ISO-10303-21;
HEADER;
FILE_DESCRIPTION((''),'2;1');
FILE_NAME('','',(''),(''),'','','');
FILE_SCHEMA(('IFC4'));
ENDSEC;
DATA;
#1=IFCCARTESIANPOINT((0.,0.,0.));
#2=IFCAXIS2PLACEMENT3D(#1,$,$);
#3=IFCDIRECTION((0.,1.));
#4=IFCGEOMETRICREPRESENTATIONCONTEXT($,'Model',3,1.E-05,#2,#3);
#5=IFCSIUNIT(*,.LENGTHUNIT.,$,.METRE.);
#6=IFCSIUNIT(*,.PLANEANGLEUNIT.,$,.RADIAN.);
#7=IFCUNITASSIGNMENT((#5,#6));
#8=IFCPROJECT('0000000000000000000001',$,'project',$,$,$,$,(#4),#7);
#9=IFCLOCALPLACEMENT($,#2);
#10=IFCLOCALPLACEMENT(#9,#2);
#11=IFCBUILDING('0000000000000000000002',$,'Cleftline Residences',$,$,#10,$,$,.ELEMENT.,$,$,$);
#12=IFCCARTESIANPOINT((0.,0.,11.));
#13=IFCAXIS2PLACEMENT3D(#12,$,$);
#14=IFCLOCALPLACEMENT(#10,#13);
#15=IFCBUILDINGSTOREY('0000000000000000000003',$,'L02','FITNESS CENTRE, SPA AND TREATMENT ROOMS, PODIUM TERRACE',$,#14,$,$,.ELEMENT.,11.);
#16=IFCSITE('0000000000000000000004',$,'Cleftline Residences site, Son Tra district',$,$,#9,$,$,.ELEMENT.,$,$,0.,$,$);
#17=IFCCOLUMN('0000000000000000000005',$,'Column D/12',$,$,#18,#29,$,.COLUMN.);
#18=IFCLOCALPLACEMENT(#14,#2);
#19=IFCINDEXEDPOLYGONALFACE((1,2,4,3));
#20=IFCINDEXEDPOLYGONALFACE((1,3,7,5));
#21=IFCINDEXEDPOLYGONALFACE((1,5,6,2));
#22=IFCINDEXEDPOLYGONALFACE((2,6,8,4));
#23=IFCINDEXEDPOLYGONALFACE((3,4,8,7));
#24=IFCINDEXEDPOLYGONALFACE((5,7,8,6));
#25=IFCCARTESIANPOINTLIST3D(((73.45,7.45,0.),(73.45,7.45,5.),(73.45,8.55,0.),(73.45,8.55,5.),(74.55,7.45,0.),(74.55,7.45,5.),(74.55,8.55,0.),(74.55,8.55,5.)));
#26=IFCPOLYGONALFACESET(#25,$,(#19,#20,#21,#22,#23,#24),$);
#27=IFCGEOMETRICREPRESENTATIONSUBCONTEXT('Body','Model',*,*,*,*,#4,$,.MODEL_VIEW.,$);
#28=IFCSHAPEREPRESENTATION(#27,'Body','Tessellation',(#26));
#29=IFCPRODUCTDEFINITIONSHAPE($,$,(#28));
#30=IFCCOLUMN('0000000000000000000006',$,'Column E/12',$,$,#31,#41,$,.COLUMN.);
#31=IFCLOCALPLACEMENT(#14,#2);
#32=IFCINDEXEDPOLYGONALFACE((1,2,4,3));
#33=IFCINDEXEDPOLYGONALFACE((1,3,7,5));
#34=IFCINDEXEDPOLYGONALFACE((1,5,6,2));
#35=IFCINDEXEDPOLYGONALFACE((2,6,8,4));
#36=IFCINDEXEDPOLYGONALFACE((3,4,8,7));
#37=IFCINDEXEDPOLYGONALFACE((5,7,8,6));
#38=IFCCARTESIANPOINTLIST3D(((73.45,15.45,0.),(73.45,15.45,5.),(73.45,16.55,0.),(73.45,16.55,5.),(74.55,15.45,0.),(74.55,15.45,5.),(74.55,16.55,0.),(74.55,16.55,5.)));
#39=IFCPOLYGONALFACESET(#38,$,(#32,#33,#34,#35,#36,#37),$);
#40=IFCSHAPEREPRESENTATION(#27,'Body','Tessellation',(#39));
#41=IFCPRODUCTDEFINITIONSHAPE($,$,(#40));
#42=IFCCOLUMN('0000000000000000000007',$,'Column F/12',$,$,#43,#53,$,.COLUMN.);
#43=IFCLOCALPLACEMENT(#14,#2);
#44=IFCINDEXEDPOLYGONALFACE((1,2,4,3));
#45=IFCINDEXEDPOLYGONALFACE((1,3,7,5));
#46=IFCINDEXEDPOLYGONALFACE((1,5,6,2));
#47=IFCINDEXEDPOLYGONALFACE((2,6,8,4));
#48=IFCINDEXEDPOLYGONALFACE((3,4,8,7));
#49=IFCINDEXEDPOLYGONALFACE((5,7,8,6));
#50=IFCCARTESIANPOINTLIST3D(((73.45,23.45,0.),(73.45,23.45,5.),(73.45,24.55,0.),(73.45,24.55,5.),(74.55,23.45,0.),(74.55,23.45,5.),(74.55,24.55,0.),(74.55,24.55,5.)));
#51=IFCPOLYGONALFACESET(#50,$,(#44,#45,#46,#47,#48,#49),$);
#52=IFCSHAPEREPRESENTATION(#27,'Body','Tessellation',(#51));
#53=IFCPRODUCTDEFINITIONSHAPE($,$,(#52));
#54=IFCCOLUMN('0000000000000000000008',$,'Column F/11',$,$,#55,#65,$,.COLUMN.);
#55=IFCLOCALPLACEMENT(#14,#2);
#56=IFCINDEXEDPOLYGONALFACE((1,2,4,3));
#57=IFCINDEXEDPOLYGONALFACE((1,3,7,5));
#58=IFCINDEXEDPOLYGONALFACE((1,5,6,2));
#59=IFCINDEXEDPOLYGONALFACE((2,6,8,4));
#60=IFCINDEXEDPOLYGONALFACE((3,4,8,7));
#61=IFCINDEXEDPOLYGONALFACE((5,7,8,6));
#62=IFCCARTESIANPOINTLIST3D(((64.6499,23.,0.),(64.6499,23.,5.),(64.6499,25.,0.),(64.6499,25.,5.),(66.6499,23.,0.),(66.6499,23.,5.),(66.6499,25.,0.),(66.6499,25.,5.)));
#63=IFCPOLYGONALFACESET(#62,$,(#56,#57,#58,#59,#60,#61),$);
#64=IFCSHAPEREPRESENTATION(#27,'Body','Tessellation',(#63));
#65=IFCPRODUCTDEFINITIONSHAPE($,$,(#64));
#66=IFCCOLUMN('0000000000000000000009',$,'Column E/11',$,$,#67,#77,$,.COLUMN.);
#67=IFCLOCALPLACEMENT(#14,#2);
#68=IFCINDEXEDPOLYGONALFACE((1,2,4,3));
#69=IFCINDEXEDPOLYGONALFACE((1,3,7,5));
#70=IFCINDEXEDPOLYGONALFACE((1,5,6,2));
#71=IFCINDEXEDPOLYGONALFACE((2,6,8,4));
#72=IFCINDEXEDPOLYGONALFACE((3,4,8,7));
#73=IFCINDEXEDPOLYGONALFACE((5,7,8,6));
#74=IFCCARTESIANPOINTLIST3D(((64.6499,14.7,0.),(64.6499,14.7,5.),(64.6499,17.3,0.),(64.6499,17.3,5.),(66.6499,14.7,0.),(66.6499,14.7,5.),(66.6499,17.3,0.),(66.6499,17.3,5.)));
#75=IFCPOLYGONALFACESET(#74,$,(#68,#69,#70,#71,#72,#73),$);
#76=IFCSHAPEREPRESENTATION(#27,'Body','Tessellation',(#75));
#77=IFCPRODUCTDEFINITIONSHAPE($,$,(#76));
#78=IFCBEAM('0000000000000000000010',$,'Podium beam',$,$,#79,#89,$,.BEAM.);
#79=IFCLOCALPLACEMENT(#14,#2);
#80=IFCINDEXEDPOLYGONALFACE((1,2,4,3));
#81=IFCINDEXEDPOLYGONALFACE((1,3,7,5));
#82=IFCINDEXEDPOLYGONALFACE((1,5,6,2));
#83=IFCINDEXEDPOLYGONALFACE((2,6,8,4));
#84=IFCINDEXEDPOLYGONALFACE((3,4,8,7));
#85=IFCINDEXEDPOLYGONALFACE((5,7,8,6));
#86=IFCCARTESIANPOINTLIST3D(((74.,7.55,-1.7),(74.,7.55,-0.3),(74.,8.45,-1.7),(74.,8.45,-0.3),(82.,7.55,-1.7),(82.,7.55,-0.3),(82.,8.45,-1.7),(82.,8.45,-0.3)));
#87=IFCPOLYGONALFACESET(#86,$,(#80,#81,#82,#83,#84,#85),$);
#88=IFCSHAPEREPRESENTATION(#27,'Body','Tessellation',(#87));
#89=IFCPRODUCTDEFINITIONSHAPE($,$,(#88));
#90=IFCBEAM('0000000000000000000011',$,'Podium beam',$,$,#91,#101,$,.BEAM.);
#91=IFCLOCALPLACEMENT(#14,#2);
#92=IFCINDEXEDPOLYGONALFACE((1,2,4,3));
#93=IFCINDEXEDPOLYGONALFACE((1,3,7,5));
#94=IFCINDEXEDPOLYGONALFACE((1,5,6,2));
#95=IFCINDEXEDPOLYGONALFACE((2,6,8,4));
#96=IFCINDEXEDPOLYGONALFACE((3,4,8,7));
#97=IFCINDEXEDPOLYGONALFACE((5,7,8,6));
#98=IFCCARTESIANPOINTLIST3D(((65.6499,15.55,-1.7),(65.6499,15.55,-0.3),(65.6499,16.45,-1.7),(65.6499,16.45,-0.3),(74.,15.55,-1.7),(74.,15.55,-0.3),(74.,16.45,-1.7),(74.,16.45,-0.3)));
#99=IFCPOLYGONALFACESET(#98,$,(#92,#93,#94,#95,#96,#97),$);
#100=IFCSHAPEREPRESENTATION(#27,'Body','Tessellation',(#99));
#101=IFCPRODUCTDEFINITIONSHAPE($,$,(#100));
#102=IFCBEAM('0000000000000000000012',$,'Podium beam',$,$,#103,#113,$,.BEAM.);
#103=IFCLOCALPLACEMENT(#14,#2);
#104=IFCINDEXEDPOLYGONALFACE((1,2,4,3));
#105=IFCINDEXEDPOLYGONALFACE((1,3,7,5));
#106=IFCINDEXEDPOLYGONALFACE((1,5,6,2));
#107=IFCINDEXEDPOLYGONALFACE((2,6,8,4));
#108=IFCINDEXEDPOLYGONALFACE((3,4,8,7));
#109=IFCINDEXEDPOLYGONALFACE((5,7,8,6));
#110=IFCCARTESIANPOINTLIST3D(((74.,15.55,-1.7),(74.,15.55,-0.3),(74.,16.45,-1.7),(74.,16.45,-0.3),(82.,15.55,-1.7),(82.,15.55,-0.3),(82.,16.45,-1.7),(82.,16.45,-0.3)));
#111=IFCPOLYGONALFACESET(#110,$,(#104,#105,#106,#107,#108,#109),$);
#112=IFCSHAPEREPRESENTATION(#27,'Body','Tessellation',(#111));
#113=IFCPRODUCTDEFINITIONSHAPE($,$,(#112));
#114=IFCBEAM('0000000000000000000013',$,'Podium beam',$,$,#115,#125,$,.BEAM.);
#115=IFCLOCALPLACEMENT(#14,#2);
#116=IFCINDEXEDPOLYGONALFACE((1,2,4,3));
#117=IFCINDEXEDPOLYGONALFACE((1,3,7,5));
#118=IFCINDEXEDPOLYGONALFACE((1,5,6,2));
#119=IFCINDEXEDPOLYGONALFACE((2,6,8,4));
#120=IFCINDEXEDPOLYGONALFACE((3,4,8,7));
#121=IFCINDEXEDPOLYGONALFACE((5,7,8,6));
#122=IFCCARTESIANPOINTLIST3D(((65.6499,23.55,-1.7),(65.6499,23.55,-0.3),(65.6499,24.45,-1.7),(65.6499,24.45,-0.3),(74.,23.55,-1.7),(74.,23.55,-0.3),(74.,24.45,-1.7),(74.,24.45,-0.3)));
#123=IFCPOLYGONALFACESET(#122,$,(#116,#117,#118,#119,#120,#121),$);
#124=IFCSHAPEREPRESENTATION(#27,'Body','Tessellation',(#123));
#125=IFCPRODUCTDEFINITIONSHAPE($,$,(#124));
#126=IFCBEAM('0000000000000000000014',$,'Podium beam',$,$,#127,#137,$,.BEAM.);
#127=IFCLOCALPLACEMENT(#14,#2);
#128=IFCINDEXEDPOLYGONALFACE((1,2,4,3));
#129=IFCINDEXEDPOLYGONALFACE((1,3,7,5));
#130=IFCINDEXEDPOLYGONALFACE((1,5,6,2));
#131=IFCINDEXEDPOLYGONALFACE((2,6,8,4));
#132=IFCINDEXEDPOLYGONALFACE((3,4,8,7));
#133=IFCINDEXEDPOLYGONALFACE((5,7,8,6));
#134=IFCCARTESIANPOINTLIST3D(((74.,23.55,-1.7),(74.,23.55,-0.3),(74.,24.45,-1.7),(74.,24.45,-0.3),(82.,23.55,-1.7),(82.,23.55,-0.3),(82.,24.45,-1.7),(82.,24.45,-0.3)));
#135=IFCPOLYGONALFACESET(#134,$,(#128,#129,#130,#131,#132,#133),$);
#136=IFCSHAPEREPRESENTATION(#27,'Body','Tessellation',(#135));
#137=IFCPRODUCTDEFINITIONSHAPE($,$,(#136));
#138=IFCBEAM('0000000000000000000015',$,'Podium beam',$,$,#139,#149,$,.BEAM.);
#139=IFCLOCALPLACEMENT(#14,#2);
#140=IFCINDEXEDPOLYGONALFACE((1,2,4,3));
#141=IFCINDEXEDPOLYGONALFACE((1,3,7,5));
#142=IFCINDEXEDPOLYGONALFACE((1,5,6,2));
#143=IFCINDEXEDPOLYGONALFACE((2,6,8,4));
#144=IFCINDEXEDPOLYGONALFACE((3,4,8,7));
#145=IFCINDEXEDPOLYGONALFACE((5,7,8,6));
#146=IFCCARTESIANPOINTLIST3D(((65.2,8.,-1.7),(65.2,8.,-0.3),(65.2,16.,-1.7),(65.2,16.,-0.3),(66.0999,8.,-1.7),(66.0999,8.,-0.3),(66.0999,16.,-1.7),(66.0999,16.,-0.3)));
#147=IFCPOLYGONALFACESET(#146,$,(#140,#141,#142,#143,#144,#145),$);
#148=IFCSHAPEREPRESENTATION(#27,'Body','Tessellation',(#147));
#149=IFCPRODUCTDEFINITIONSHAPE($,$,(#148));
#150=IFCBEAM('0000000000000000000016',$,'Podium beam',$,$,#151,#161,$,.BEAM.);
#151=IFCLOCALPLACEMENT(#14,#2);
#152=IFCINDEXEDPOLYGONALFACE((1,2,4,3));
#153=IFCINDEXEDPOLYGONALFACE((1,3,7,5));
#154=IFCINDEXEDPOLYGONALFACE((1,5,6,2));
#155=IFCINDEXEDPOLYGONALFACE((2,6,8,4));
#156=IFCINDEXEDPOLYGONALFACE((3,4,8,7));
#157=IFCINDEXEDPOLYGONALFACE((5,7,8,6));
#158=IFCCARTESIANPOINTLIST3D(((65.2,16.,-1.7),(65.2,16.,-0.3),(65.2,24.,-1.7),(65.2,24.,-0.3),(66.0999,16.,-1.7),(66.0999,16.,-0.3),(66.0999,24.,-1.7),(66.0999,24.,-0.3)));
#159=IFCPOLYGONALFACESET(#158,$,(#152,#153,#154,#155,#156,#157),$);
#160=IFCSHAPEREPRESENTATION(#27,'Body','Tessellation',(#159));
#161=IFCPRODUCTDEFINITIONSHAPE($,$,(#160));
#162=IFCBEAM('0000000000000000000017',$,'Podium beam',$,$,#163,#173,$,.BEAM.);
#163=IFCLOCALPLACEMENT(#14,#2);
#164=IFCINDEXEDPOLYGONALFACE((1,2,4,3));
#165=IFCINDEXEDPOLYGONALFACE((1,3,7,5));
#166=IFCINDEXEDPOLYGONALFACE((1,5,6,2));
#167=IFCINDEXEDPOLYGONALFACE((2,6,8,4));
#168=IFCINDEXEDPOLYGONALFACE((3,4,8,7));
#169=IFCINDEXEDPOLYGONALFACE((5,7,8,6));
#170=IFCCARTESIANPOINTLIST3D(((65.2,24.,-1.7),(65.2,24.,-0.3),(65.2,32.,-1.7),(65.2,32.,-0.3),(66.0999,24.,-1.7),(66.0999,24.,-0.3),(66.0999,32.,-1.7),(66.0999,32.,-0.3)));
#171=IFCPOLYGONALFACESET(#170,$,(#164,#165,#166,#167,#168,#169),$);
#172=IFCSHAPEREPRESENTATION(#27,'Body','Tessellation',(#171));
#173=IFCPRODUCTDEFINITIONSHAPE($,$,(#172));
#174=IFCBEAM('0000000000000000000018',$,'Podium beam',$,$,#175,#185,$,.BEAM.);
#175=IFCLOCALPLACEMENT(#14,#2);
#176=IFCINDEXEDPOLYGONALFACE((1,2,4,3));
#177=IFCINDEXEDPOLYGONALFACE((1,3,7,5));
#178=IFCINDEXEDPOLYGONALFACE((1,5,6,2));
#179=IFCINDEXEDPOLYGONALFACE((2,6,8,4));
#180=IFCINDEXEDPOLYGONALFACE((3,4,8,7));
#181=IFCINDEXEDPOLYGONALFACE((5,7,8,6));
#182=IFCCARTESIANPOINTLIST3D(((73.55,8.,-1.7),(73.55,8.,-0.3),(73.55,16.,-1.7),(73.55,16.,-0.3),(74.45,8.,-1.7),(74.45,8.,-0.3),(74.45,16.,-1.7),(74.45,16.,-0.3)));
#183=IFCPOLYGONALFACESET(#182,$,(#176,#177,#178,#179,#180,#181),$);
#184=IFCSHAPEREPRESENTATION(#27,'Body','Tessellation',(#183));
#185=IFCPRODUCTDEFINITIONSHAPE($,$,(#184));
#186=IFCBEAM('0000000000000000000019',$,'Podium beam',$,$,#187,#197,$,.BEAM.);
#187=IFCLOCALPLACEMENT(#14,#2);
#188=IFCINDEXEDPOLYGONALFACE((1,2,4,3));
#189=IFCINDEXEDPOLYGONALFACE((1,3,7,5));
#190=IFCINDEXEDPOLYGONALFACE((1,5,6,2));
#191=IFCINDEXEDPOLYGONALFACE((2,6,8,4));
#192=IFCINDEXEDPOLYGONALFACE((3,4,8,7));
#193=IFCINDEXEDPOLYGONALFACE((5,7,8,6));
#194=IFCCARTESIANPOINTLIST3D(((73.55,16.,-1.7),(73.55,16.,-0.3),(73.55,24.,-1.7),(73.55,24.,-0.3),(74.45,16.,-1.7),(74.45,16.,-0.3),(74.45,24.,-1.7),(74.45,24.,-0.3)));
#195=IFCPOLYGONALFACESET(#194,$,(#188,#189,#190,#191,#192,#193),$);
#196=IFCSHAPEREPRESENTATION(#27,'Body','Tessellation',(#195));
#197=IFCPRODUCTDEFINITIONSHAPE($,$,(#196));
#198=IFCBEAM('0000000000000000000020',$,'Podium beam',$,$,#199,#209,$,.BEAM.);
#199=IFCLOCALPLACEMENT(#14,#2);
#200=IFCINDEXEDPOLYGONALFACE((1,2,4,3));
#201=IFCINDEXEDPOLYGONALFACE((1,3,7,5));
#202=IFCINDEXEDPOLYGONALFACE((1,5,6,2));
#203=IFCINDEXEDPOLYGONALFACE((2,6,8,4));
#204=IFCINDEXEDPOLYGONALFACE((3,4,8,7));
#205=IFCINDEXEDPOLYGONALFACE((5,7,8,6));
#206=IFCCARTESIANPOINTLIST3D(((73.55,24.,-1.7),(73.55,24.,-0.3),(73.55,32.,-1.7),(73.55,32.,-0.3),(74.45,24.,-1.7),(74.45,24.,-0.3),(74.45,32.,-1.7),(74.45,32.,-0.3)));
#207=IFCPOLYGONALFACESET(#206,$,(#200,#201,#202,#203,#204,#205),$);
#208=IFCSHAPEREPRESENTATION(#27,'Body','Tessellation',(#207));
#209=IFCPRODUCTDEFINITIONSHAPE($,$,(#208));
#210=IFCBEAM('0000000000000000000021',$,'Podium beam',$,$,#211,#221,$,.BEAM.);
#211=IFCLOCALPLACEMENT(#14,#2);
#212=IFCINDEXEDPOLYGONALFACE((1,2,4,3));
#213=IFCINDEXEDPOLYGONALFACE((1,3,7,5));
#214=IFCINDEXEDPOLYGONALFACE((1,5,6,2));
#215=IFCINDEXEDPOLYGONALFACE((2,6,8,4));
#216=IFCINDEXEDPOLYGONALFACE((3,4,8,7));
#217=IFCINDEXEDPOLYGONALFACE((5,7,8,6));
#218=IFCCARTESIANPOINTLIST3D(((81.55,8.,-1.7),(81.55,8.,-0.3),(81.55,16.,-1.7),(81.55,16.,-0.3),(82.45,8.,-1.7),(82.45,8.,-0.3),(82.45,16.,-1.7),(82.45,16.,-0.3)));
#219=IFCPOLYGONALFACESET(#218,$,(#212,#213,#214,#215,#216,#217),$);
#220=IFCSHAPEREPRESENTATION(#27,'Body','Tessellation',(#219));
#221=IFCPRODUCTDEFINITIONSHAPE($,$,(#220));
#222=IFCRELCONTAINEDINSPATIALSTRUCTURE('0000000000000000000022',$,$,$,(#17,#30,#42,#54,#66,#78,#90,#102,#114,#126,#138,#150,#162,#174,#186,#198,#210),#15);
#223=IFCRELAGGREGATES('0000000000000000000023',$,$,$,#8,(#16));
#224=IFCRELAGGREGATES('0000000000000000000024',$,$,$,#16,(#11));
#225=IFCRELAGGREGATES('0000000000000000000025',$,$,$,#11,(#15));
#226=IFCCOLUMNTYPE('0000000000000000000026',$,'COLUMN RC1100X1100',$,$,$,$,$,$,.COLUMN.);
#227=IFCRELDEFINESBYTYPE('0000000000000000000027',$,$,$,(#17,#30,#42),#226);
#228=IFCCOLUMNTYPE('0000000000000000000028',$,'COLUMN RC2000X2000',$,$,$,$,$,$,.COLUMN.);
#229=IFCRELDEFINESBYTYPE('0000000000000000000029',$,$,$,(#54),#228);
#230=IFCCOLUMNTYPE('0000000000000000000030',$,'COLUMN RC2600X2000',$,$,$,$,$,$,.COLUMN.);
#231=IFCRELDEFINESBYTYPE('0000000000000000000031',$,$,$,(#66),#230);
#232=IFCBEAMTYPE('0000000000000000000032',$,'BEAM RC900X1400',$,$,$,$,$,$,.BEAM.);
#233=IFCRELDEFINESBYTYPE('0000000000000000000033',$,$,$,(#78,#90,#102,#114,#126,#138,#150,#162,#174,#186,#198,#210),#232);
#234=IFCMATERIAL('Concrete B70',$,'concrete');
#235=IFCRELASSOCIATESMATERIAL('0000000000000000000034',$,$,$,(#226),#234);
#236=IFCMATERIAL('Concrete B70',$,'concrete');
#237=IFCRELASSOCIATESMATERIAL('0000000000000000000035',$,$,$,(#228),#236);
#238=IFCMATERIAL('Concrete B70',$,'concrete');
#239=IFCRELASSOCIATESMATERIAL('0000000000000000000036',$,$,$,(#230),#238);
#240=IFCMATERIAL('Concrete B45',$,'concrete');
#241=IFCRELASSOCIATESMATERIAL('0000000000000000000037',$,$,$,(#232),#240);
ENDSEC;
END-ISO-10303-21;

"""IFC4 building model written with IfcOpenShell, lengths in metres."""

from ifc_helpers import new_model, si_unit, direction, frame, origin, origin_2d, place, context, subcontext, project, spatial, rectangle, extrude, material, material_profile, profile_set, type_object, element, save


model = new_model("IFC4")

# Units and contexts
model_context = context("Model", 3, precision=1e-05, world=origin(), true_north=direction((0.0, 1.0)))
body_context = subcontext(model_context, "Body", "Model", "MODEL_VIEW")
ifc_project = project(units=[si_unit("LENGTHUNIT", "METRE"), si_unit("PLANEANGLEUNIT", "RADIAN")], contexts=[model_context])

# Site, building, storey
site_placement = place(None, origin())
site = spatial("IfcSite", under=ifc_project, at=site_placement, Name="Cleftline Residences site, Son Tra district", CompositionType="ELEMENT", RefElevation=0.0)
building_placement = place(site_placement, origin())
building = spatial("IfcBuilding", under=site, at=building_placement, Name="Cleftline Residences", CompositionType="ELEMENT")
storey_placement = place(building_placement, frame((0.0, 0.0, 11.0)))
storey = spatial("IfcBuildingStorey", under=building, at=storey_placement, Name="L02", Description="FITNESS CENTRE, SPA AND TREATMENT ROOMS, PODIUM TERRACE", CompositionType="ELEMENT", Elevation=11.0)

# Columns
ifc_material_1 = material(Name="Concrete B70", Category="concrete")
ifc_material_profile_1 = material_profile(ifc_material_1, rectangle(XDim=1.1001, YDim=1.1001, at=origin_2d()))
ifc_profile_set_1 = profile_set([ifc_material_profile_1], Name="Concrete B70")
column_type_1 = type_object("IfcColumnType", Name="COLUMN RC1100X1100", PredefinedType="COLUMN", material=ifc_profile_set_1)
for number, where, z_axis, x_axis, name in (
    (1, (74.0, 8.0, 0.0), (0.0, 0.0, 1.0), (1.0, 0.0, 0.0), "Column D/12"),
    (2, (74.0, 16.0, 0.0), (0.0, 0.0, 1.0), (1.0, 0.0, 0.0), "Column E/12"),
    (3, (74.0, 24.0, 0.0), (0.0, 0.0, 1.0), (1.0, 0.0, 0.0), "Column F/12"),
):
    element("IfcColumn", number, at=place(storey_placement, frame(where, z_axis=z_axis, x_axis=x_axis)), inside=storey, type_object=column_type_1, Name=name, PredefinedType="COLUMN", context=body_context, shape_type="SweptSolid", body=[
        extrude(rectangle(XDim=1.1001, YDim=1.1001, at=origin_2d()), origin(), (0.0, 0.0, 1.0), 5.0),
    ])
ifc_material_2 = material(Name="Concrete B70", Category="concrete")
ifc_material_profile_2 = material_profile(ifc_material_2, rectangle(XDim=2.0, YDim=2.0, at=origin_2d()))
ifc_profile_set_2 = profile_set([ifc_material_profile_2], Name="Concrete B70")
column_type_2 = type_object("IfcColumnType", Name="COLUMN RC2000X2000", PredefinedType="COLUMN", material=ifc_profile_set_2)
column_1_placement = place(storey_placement, frame((65.6499, 24.0, 0.0), z_axis=(0.0, 0.0, 1.0), x_axis=(1.0, 0.0, 0.0)))
element("IfcColumn", 4, at=column_1_placement, inside=storey, type_object=column_type_2, Name="Column F/11", PredefinedType="COLUMN", context=body_context, shape_type="SweptSolid", body=[
    extrude(rectangle(XDim=2.0, YDim=2.0, at=origin_2d()), origin(), (0.0, 0.0, 1.0), 5.0),
])
ifc_material_3 = material(Name="Concrete B70", Category="concrete")
ifc_material_profile_3 = material_profile(ifc_material_3, rectangle(XDim=2.6001, YDim=2.0, at=origin_2d()))
ifc_profile_set_3 = profile_set([ifc_material_profile_3], Name="Concrete B70")
column_type_3 = type_object("IfcColumnType", Name="COLUMN RC2600X2000", PredefinedType="COLUMN", material=ifc_profile_set_3)
column_2_placement = place(storey_placement, frame((65.6499, 16.0, 0.0), z_axis=(0.0, 0.0, 1.0), x_axis=(0.0, 1.0, 0.0)))
element("IfcColumn", 5, at=column_2_placement, inside=storey, type_object=column_type_3, Name="Column E/11", PredefinedType="COLUMN", context=body_context, shape_type="SweptSolid", body=[
    extrude(rectangle(XDim=2.6001, YDim=2.0, at=origin_2d()), origin(), (0.0, 0.0, 1.0), 5.0),
])

# Beams
ifc_material_4 = material(Name="Concrete B45", Category="concrete")
ifc_material_profile_4 = material_profile(ifc_material_4, rectangle(XDim=0.8999, YDim=1.3999, at=origin_2d()))
ifc_profile_set_4 = profile_set([ifc_material_profile_4], Name="Concrete B45")
beam_type = type_object("IfcBeamType", Name="BEAM RC900X1400", PredefinedType="BEAM", material=ifc_profile_set_4)
beam_1_placement = place(storey_placement, frame((74.0, 8.0, -1.0), z_axis=(1.0, 0.0, 0.0), x_axis=(0.0, 1.0, 0.0)))
element("IfcBeam", 6, at=beam_1_placement, inside=storey, type_object=beam_type, Name="Podium beam", PredefinedType="BEAM", context=body_context, shape_type="SweptSolid", body=[
    extrude(rectangle(XDim=0.8999, YDim=1.3999, at=origin_2d()), origin(), (0.0, 0.0, 1.0), 8.0),
])
beam_2_placement = place(storey_placement, frame((65.6499, 16.0, -1.0), z_axis=(1.0, 0.0, 0.0), x_axis=(0.0, 1.0, 0.0)))
element("IfcBeam", 7, at=beam_2_placement, inside=storey, type_object=beam_type, Name="Podium beam", PredefinedType="BEAM", context=body_context, shape_type="SweptSolid", body=[
    extrude(rectangle(XDim=0.8999, YDim=1.3999, at=origin_2d()), origin(), (0.0, 0.0, 1.0), 8.3501),
])
beam_3_placement = place(storey_placement, frame((74.0, 16.0, -1.0), z_axis=(1.0, 0.0, 0.0), x_axis=(0.0, 1.0, 0.0)))
element("IfcBeam", 8, at=beam_3_placement, inside=storey, type_object=beam_type, Name="Podium beam", PredefinedType="BEAM", context=body_context, shape_type="SweptSolid", body=[
    extrude(rectangle(XDim=0.8999, YDim=1.3999, at=origin_2d()), origin(), (0.0, 0.0, 1.0), 8.0),
])
beam_4_placement = place(storey_placement, frame((65.6499, 24.0, -1.0), z_axis=(1.0, 0.0, 0.0), x_axis=(0.0, 1.0, 0.0)))
element("IfcBeam", 9, at=beam_4_placement, inside=storey, type_object=beam_type, Name="Podium beam", PredefinedType="BEAM", context=body_context, shape_type="SweptSolid", body=[
    extrude(rectangle(XDim=0.8999, YDim=1.3999, at=origin_2d()), origin(), (0.0, 0.0, 1.0), 8.3501),
])
for number, where, z_axis, x_axis, name in (
    (10, (74.0, 24.0, -1.0), (1.0, 0.0, 0.0), (0.0, 1.0, 0.0), "Podium beam"),
    (11, (65.6499, 8.0, -1.0), (0.0, 1.0, 0.0), (-1.0, 0.0, 0.0), "Podium beam"),
    (12, (65.6499, 16.0, -1.0), (0.0, 1.0, 0.0), (-1.0, 0.0, 0.0), "Podium beam"),
    (13, (65.6499, 24.0, -1.0), (0.0, 1.0, 0.0), (-1.0, 0.0, 0.0), "Podium beam"),
    (14, (74.0, 8.0, -1.0), (0.0, 1.0, 0.0), (-1.0, 0.0, 0.0), "Podium beam"),
    (15, (74.0, 16.0, -1.0), (0.0, 1.0, 0.0), (-1.0, 0.0, 0.0), "Podium beam"),
    (16, (74.0, 24.0, -1.0), (0.0, 1.0, 0.0), (-1.0, 0.0, 0.0), "Podium beam"),
    (17, (82.0, 8.0, -1.0), (0.0, 1.0, 0.0), (-1.0, 0.0, 0.0), "Podium beam"),
):
    element("IfcBeam", number, at=place(storey_placement, frame(where, z_axis=z_axis, x_axis=x_axis)), inside=storey, type_object=beam_type, Name=name, PredefinedType="BEAM", context=body_context, shape_type="SweptSolid", body=[
        extrude(rectangle(XDim=0.8999, YDim=1.3999, at=origin_2d()), origin(), (0.0, 0.0, 1.0), 8.0),
    ])

save(model, "model.ifc")
